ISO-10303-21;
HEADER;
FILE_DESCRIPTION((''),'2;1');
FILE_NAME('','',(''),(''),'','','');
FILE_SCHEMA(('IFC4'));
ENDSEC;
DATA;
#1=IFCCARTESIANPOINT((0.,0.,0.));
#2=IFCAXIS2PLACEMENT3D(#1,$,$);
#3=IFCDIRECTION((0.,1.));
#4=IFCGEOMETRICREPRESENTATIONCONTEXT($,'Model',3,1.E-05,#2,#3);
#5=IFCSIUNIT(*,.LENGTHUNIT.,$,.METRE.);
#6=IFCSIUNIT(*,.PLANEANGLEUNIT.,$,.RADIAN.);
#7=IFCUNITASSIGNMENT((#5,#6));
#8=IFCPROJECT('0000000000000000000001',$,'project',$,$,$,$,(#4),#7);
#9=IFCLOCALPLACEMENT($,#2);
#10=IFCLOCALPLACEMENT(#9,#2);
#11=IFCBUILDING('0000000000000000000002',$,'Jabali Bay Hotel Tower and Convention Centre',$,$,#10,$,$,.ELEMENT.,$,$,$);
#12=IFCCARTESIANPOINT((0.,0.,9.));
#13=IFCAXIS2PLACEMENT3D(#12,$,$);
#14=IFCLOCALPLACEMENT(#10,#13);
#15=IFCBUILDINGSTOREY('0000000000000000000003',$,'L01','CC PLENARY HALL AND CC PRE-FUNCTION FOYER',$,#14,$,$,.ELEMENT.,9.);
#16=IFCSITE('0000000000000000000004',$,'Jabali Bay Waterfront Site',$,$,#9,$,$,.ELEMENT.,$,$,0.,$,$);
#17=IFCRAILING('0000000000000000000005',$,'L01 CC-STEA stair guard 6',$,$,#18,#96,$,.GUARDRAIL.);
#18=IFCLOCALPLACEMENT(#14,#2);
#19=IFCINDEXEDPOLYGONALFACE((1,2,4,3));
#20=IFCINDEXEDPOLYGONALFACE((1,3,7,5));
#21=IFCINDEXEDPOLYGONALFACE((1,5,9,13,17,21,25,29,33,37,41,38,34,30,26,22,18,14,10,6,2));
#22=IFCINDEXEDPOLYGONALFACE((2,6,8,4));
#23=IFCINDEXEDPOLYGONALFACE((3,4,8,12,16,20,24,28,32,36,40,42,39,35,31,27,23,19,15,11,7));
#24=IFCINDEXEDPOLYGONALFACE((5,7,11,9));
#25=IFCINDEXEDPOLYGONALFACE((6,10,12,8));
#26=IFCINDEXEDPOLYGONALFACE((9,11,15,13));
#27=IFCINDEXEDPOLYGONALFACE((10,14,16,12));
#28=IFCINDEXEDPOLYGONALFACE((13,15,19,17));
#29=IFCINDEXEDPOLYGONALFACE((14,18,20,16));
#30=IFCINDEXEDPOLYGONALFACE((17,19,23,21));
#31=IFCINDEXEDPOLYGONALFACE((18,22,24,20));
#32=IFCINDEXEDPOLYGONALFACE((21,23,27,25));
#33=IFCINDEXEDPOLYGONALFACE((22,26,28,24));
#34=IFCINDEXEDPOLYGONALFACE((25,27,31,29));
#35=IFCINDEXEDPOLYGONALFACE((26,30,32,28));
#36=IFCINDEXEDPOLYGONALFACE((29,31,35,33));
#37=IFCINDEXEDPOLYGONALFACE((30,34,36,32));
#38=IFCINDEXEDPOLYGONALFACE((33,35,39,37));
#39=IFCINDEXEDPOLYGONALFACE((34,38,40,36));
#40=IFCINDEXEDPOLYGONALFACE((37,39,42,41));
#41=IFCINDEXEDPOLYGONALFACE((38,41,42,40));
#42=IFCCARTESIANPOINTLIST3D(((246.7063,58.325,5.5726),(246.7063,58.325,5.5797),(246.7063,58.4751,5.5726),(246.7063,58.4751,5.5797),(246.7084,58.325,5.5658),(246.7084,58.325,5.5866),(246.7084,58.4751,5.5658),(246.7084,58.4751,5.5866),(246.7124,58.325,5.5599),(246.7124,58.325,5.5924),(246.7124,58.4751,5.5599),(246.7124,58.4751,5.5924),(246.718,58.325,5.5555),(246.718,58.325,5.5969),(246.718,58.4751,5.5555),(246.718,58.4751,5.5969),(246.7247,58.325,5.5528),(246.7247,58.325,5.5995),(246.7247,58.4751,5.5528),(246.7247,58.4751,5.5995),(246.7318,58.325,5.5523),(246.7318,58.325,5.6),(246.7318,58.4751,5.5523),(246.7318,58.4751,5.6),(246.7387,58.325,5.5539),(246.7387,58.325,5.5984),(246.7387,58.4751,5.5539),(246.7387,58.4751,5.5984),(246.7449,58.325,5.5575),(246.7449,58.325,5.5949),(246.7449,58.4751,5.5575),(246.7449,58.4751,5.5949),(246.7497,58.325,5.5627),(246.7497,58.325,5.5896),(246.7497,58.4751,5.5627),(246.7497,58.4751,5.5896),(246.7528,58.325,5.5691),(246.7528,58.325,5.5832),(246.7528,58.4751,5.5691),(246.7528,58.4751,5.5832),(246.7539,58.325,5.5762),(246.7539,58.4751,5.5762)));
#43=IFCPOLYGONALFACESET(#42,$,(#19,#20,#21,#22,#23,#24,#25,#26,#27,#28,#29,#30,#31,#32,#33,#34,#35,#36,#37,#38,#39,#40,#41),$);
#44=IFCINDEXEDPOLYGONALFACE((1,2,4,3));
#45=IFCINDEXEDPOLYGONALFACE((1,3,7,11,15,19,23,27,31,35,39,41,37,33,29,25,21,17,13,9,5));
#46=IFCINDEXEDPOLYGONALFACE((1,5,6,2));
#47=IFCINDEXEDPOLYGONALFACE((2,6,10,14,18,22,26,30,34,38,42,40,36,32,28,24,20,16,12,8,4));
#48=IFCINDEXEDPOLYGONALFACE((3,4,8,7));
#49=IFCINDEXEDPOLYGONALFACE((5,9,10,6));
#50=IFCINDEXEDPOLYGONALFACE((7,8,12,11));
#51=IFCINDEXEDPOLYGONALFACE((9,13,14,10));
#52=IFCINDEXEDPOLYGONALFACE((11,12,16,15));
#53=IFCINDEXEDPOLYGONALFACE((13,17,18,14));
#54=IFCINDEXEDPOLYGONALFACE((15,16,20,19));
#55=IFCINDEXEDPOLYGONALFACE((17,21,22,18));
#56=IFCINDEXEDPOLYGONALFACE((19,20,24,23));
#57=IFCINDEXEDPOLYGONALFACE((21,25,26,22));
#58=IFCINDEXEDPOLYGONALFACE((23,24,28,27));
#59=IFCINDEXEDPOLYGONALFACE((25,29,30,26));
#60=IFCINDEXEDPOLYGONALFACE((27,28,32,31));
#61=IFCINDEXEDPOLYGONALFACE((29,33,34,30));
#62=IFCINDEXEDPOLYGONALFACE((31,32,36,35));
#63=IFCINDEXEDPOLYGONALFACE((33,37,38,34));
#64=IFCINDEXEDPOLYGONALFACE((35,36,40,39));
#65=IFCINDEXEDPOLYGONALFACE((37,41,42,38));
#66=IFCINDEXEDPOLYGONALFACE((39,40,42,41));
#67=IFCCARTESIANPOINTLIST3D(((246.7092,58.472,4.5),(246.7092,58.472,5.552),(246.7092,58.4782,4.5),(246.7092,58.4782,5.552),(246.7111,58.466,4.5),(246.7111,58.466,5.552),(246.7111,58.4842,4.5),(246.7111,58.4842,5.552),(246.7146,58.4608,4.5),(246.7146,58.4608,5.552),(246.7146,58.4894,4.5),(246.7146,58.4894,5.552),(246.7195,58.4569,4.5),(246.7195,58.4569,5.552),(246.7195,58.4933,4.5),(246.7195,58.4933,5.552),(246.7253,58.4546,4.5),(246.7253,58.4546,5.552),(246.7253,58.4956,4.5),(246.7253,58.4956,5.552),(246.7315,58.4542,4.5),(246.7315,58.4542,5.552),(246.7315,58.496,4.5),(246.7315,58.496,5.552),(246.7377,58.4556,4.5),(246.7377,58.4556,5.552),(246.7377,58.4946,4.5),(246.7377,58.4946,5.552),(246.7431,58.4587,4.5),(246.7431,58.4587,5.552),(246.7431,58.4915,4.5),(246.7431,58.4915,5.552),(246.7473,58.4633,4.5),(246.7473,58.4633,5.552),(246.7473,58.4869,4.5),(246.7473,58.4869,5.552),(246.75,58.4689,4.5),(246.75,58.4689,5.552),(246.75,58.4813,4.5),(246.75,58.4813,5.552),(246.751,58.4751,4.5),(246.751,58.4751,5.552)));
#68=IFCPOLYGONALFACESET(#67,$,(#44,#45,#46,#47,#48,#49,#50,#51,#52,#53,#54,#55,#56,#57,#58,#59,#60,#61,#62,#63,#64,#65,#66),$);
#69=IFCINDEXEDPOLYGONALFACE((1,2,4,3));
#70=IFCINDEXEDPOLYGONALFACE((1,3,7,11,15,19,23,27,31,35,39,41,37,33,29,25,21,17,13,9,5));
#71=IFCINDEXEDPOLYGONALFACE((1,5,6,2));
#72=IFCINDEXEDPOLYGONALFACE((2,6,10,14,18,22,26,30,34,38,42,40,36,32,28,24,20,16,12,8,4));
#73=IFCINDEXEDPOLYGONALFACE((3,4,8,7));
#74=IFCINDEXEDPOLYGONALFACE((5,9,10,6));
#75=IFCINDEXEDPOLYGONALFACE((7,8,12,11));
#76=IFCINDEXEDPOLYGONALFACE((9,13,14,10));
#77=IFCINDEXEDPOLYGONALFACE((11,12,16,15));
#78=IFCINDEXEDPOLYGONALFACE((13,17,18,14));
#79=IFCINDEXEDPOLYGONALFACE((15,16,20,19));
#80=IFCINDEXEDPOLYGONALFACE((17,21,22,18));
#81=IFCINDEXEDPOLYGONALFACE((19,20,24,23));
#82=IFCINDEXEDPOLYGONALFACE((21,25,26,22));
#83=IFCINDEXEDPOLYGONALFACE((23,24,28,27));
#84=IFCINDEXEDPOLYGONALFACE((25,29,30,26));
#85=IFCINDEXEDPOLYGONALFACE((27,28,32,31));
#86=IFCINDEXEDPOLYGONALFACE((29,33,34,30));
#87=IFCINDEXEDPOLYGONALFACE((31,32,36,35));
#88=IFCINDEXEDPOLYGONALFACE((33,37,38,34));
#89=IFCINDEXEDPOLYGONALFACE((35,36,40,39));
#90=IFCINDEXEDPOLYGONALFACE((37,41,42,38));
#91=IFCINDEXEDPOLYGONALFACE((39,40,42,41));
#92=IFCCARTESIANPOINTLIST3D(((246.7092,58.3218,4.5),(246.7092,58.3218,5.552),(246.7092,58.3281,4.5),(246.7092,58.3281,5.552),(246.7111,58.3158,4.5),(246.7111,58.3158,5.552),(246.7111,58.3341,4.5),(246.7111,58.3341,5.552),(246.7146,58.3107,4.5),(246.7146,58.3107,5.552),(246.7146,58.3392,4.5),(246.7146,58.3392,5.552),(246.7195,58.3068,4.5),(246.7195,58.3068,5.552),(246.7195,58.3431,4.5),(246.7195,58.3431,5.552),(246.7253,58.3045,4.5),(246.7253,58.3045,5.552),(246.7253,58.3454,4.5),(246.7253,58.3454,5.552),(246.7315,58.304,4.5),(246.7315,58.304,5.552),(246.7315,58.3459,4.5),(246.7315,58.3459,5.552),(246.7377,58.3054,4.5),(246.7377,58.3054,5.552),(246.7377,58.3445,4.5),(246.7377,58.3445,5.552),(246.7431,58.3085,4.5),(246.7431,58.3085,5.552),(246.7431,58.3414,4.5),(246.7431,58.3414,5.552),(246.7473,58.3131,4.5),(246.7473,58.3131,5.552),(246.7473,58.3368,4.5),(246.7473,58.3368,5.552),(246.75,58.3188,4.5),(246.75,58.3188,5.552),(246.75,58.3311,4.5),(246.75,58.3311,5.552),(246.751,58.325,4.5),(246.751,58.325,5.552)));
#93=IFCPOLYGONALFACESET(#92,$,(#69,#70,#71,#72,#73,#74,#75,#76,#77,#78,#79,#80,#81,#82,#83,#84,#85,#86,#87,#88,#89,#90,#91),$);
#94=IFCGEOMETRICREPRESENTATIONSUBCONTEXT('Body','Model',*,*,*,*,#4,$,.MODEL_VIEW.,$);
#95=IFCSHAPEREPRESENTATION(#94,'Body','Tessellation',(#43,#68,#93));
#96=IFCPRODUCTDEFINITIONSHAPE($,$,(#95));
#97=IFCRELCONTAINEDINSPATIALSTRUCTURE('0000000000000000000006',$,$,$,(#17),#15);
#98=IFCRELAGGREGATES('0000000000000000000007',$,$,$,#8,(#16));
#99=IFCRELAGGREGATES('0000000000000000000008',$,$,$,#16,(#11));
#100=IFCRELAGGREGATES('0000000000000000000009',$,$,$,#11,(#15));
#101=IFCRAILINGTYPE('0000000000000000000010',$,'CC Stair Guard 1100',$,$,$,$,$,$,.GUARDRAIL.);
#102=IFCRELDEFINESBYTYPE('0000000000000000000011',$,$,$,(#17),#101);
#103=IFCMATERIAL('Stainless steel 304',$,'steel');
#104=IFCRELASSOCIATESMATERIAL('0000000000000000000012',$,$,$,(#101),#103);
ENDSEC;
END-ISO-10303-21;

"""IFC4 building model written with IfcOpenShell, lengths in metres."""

from ifc_helpers import new_model, si_unit, direction, frame, origin, origin_2d, place, context, subcontext, project, spatial, circle, extrude, material, type_object, element, save


model = new_model("IFC4")

# Units and contexts
model_context = context("Model", 3, precision=1e-05, world=origin(), true_north=direction((0.0, 1.0)))
body_context = subcontext(model_context, "Body", "Model", "MODEL_VIEW")
ifc_project = project(units=[si_unit("LENGTHUNIT", "METRE"), si_unit("PLANEANGLEUNIT", "RADIAN")], contexts=[model_context])

# Site, building, storey
site_placement = place(None, origin())
site = spatial("IfcSite", under=ifc_project, at=site_placement, Name="Jabali Bay Waterfront Site", CompositionType="ELEMENT", RefElevation=0.0)
building_placement = place(site_placement, origin())
building = spatial("IfcBuilding", under=site, at=building_placement, Name="Jabali Bay Hotel Tower and Convention Centre", CompositionType="ELEMENT")
storey_placement = place(building_placement, frame((0.0, 0.0, 9.0)))
storey = spatial("IfcBuildingStorey", under=building, at=storey_placement, Name="L01", Description="CC PLENARY HALL AND CC PRE-FUNCTION FOYER", CompositionType="ELEMENT", Elevation=9.0)

# Railing
ifc_material_1 = material(Name="Stainless steel 304", Category="steel")
railing_type_1 = type_object("IfcRailingType", Name="CC Stair Guard 1100", PredefinedType="GUARDRAIL", material=ifc_material_1)
railing_1_placement = place(storey_placement, frame((246.73, 58.4751, 4.5)))
element("IfcRailing", 1, at=railing_1_placement, inside=storey, type_object=railing_type_1, Name="L01 CC-STEA stair guard 6", PredefinedType="GUARDRAIL", context=body_context, shape_type="SweptSolid", body=[
    extrude(circle(Radius=0.0239, at=origin_2d()), frame((0.0, 0.0, 1.0762), z_axis=(0.0, -1.0, 0.0), x_axis=(1.0, 0.0, 0.0)), (0.0, 0.0, 1.0), 0.1501),
    extrude(circle(Radius=0.021, at=origin_2d()), origin(), (0.0, 0.0, 1.0), 1.052),
    extrude(circle(Radius=0.021, at=origin_2d()), frame((0.0, -0.1501, 0.0)), (0.0, 0.0, 1.0), 1.052),
])

save(model, "model.ifc")
